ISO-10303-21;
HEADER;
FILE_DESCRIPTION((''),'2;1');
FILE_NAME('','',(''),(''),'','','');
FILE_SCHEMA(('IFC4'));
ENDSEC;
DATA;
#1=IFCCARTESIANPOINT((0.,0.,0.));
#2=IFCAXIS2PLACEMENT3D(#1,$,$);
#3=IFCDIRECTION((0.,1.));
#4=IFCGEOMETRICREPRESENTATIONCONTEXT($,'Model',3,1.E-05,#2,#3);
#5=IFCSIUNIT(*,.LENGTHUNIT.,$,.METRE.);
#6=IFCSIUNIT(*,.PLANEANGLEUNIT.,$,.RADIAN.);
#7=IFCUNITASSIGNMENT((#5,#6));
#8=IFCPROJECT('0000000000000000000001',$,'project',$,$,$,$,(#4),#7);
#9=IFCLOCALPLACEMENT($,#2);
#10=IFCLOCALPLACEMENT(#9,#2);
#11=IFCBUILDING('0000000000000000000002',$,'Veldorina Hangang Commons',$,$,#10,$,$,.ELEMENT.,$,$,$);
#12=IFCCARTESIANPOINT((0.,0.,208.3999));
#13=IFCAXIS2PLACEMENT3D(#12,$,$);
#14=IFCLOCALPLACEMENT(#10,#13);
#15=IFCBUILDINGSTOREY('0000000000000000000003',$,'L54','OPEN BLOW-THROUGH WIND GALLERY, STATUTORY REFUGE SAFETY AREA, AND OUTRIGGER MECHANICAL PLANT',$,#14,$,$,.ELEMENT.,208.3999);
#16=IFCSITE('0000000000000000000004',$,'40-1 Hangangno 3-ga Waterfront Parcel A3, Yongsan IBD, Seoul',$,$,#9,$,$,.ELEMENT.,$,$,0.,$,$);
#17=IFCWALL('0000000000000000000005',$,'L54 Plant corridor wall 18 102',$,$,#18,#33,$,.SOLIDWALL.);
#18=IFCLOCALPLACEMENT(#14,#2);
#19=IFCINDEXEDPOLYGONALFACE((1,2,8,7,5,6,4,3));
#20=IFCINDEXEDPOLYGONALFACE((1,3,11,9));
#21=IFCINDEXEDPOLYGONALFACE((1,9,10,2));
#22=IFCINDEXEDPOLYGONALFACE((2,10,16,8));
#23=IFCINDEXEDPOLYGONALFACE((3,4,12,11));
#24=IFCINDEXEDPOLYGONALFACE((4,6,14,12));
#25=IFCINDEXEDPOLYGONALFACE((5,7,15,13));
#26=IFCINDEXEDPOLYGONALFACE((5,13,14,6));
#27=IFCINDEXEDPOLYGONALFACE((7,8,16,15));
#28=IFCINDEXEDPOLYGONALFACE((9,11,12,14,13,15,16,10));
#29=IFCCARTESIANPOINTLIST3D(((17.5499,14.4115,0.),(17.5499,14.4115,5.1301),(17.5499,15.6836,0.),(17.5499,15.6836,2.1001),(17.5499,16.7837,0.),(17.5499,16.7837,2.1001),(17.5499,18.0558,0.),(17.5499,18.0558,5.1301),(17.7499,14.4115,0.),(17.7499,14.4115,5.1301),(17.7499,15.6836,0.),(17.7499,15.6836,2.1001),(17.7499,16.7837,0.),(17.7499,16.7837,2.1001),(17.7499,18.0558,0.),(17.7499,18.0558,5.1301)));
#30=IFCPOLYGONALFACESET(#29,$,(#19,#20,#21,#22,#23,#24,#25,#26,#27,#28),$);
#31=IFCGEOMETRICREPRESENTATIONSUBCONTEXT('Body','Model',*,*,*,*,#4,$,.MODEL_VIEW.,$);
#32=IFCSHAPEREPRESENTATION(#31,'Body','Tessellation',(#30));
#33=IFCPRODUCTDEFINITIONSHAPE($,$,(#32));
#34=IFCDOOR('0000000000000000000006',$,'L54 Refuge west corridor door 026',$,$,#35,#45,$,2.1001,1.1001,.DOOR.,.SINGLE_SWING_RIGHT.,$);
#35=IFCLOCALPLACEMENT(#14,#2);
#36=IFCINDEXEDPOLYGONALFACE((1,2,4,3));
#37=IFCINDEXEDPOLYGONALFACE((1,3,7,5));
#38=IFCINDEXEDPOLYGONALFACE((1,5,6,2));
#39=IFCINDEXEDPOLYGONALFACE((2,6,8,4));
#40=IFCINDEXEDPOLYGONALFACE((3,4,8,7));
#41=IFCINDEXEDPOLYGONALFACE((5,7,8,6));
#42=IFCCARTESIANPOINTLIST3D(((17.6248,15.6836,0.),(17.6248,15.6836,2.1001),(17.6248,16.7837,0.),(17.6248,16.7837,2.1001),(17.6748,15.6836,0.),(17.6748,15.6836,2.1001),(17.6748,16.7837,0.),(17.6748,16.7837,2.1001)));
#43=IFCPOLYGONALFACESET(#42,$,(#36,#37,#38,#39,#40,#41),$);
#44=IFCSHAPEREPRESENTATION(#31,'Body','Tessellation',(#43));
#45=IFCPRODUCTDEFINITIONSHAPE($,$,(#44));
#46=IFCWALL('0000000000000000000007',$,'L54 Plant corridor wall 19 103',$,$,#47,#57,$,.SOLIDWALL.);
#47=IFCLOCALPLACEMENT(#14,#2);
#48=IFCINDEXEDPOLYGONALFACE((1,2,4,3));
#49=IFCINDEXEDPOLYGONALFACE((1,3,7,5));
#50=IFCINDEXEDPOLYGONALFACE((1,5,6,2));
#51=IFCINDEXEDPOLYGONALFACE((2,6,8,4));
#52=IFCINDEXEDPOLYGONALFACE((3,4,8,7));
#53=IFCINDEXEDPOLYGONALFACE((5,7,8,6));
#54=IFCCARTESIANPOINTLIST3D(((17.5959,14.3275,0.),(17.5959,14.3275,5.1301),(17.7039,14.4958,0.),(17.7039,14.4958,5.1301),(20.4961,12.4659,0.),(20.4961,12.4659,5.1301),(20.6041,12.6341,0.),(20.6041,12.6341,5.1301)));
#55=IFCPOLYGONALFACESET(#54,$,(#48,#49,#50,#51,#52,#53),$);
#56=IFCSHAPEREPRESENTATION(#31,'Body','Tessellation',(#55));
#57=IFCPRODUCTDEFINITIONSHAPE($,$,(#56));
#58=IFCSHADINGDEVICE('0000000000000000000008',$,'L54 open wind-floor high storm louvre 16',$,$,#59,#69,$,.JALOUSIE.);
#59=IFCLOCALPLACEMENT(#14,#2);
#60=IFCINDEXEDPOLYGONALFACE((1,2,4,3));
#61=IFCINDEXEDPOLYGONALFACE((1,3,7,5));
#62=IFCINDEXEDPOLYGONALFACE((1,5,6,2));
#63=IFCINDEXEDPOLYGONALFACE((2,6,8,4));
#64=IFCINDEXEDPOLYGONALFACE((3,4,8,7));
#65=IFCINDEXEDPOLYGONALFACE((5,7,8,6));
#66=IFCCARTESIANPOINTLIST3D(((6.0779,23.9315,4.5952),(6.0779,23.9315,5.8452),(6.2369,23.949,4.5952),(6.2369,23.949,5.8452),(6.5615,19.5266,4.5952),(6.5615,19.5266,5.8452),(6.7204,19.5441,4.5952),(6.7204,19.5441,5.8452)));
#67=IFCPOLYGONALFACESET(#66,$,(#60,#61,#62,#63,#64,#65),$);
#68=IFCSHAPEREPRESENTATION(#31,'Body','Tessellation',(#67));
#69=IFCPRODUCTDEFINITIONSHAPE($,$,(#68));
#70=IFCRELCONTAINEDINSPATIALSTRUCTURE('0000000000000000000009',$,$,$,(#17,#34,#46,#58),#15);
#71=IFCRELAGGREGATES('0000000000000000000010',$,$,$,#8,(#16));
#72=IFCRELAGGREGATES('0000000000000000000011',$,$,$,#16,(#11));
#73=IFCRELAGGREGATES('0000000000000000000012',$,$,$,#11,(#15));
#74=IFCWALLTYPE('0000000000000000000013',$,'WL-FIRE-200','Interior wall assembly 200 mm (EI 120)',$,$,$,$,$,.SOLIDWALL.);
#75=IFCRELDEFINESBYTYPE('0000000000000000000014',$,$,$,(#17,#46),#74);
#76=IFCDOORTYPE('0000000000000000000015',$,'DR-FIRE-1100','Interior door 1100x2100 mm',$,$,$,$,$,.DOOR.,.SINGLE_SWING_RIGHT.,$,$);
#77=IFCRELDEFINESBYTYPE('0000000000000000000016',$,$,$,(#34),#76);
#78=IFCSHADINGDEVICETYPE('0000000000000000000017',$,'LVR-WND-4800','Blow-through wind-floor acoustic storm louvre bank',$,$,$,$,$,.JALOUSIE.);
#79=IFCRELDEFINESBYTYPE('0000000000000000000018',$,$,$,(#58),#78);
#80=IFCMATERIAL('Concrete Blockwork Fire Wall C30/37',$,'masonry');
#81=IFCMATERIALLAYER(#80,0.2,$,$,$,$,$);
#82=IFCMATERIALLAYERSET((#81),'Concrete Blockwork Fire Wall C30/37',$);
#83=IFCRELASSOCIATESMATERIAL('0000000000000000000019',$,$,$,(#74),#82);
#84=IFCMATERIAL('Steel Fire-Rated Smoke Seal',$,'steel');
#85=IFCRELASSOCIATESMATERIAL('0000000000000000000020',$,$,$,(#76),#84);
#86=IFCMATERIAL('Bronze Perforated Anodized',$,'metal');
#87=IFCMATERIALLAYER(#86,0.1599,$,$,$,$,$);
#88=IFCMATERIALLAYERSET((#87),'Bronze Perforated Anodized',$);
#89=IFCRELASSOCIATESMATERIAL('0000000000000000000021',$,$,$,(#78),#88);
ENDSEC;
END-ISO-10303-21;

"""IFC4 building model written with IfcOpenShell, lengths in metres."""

from ifc_helpers import new_model, si_unit, direction, frame, frame_2d, origin, origin_2d, place, context, subcontext, project, spatial, rectangle, extrude, material, layer, layer_set, type_object, element, fill, save


model = new_model("IFC4")

# Units and contexts
model_context = context("Model", 3, precision=1e-05, world=origin(), true_north=direction((0.0, 1.0)))
body_context = subcontext(model_context, "Body", "Model", "MODEL_VIEW")
ifc_project = project(units=[si_unit("LENGTHUNIT", "METRE"), si_unit("PLANEANGLEUNIT", "RADIAN")], contexts=[model_context])

# Site, building, storey
site_placement = place(None, origin())
site = spatial("IfcSite", under=ifc_project, at=site_placement, Name="40-1 Hangangno 3-ga Waterfront Parcel A3, Yongsan IBD, Seoul", CompositionType="ELEMENT", RefElevation=0.0)
building_placement = place(site_placement, origin())
building = spatial("IfcBuilding", under=site, at=building_placement, Name="Veldorina Hangang Commons", CompositionType="ELEMENT")
storey_placement = place(building_placement, frame((0.0, 0.0, 208.3999)))
storey = spatial("IfcBuildingStorey", under=building, at=storey_placement, Name="L54", Description="OPEN BLOW-THROUGH WIND GALLERY, STATUTORY REFUGE SAFETY AREA, AND OUTRIGGER MECHANICAL PLANT", CompositionType="ELEMENT", Elevation=208.3999)

# Shared definitions
ifc_material_1 = material(Name="Concrete Blockwork Fire Wall C30/37", Category="masonry")
ifc_layer_1 = layer(ifc_material_1, 0.2)
ifc_layer_set_1 = layer_set([ifc_layer_1], Name="Concrete Blockwork Fire Wall C30/37")
wall_type = type_object("IfcWallType", Name="WL-FIRE-200", Description="Interior wall assembly 200 mm (EI 120)", PredefinedType="SOLIDWALL", material=ifc_layer_set_1)

# Wall, opening, door
wall_1_placement = place(storey_placement, frame((17.6499, 18.0559, 0.0), z_axis=(0.0, 0.0, 1.0), x_axis=(0.0, -1.0, 0.0)))
wall_1 = element("IfcWall", 1, at=wall_1_placement, inside=storey, type_object=wall_type, Name="L54 Plant corridor wall 18 102", PredefinedType="SOLIDWALL", context=body_context, shape_type="SweptSolid", body=[
    extrude(rectangle(XDim=3.6443, YDim=0.2, at=frame_2d((1.8223, 0.0))), origin(), (0.0, 0.0, 1.0), 5.1301),
])
opening_placement = place(wall_1_placement, frame((1.2722, 0.0, 0.0)))
opening = element("IfcOpeningElement", 2, at=opening_placement, cuts=wall_1, PredefinedType="OPENING", context=body_context, shape_type="SweptSolid", body=[
    extrude(rectangle(XDim=1.1001, YDim=2.1001, at=frame_2d((0.55, 1.05))), frame((0.0, 0.1099, 0.0), z_axis=(0.0, -1.0, 0.0), x_axis=(1.0, 0.0, 0.0)), (0.0, 0.0, 1.0), 0.22),
])
ifc_material_2 = material(Name="Steel Fire-Rated Smoke Seal", Category="steel")
door_type = type_object("IfcDoorType", Name="DR-FIRE-1100", Description="Interior door 1100x2100 mm", OperationType="SINGLE_SWING_RIGHT", PredefinedType="DOOR", material=ifc_material_2)
door_placement = place(opening_placement, origin())
door = element("IfcDoor", 3, at=door_placement, inside=storey, type_object=door_type, Name="L54 Refuge west corridor door 026", OperationType="SINGLE_SWING_RIGHT", OverallHeight=2.1001, OverallWidth=1.1001, PredefinedType="DOOR", context=body_context, shape_type="SweptSolid", body=[
    extrude(rectangle(XDim=1.1001, YDim=2.1001, at=frame_2d((0.55, 1.05))), frame((0.0, 0.0249, 0.0), z_axis=(0.0, -1.0, 0.0), x_axis=(1.0, 0.0, 0.0)), (0.0, 0.0, 1.0), 0.05),
])
fill(opening, door)

# Wall
wall_2_placement = place(storey_placement, frame((17.6499, 14.4116, 0.0), z_axis=(0.0, 0.0, 1.0), x_axis=(0.841549, -0.540181, 0.0)))
element("IfcWall", 4, at=wall_2_placement, inside=storey, type_object=wall_type, Name="L54 Plant corridor wall 19 103", PredefinedType="SOLIDWALL", context=body_context, shape_type="SweptSolid", body=[
    extrude(rectangle(XDim=3.4463, YDim=0.2, at=frame_2d((1.7231, 0.0))), origin(), (0.0, 0.0, 1.0), 5.1301),
])

# Shading device
ifc_material_3 = material(Name="Bronze Perforated Anodized", Category="metal")
ifc_layer_2 = layer(ifc_material_3, 0.1599)
ifc_layer_set_2 = layer_set([ifc_layer_2], Name="Bronze Perforated Anodized")
shading_device_type = type_object("IfcShadingDeviceType", Name="LVR-WND-4800", Description="Blow-through wind-floor acoustic storm louvre bank", PredefinedType="JALOUSIE", material=ifc_layer_set_2)
shading_device_placement = place(storey_placement, frame((6.3992, 21.7378, 4.5952), z_axis=(0.0, 0.0, 1.0), x_axis=(0.109127, -0.994028, 0.0)))
element("IfcShadingDevice", 5, at=shading_device_placement, inside=storey, type_object=shading_device_type, Name="L54 open wind-floor high storm louvre 16", PredefinedType="JALOUSIE", context=body_context, shape_type="SweptSolid", body=[
    extrude(rectangle(XDim=4.4314, YDim=0.1599, at=origin_2d()), origin(), (0.0, 0.0, 1.0), 1.25),
])

save(model, "model.ifc")
